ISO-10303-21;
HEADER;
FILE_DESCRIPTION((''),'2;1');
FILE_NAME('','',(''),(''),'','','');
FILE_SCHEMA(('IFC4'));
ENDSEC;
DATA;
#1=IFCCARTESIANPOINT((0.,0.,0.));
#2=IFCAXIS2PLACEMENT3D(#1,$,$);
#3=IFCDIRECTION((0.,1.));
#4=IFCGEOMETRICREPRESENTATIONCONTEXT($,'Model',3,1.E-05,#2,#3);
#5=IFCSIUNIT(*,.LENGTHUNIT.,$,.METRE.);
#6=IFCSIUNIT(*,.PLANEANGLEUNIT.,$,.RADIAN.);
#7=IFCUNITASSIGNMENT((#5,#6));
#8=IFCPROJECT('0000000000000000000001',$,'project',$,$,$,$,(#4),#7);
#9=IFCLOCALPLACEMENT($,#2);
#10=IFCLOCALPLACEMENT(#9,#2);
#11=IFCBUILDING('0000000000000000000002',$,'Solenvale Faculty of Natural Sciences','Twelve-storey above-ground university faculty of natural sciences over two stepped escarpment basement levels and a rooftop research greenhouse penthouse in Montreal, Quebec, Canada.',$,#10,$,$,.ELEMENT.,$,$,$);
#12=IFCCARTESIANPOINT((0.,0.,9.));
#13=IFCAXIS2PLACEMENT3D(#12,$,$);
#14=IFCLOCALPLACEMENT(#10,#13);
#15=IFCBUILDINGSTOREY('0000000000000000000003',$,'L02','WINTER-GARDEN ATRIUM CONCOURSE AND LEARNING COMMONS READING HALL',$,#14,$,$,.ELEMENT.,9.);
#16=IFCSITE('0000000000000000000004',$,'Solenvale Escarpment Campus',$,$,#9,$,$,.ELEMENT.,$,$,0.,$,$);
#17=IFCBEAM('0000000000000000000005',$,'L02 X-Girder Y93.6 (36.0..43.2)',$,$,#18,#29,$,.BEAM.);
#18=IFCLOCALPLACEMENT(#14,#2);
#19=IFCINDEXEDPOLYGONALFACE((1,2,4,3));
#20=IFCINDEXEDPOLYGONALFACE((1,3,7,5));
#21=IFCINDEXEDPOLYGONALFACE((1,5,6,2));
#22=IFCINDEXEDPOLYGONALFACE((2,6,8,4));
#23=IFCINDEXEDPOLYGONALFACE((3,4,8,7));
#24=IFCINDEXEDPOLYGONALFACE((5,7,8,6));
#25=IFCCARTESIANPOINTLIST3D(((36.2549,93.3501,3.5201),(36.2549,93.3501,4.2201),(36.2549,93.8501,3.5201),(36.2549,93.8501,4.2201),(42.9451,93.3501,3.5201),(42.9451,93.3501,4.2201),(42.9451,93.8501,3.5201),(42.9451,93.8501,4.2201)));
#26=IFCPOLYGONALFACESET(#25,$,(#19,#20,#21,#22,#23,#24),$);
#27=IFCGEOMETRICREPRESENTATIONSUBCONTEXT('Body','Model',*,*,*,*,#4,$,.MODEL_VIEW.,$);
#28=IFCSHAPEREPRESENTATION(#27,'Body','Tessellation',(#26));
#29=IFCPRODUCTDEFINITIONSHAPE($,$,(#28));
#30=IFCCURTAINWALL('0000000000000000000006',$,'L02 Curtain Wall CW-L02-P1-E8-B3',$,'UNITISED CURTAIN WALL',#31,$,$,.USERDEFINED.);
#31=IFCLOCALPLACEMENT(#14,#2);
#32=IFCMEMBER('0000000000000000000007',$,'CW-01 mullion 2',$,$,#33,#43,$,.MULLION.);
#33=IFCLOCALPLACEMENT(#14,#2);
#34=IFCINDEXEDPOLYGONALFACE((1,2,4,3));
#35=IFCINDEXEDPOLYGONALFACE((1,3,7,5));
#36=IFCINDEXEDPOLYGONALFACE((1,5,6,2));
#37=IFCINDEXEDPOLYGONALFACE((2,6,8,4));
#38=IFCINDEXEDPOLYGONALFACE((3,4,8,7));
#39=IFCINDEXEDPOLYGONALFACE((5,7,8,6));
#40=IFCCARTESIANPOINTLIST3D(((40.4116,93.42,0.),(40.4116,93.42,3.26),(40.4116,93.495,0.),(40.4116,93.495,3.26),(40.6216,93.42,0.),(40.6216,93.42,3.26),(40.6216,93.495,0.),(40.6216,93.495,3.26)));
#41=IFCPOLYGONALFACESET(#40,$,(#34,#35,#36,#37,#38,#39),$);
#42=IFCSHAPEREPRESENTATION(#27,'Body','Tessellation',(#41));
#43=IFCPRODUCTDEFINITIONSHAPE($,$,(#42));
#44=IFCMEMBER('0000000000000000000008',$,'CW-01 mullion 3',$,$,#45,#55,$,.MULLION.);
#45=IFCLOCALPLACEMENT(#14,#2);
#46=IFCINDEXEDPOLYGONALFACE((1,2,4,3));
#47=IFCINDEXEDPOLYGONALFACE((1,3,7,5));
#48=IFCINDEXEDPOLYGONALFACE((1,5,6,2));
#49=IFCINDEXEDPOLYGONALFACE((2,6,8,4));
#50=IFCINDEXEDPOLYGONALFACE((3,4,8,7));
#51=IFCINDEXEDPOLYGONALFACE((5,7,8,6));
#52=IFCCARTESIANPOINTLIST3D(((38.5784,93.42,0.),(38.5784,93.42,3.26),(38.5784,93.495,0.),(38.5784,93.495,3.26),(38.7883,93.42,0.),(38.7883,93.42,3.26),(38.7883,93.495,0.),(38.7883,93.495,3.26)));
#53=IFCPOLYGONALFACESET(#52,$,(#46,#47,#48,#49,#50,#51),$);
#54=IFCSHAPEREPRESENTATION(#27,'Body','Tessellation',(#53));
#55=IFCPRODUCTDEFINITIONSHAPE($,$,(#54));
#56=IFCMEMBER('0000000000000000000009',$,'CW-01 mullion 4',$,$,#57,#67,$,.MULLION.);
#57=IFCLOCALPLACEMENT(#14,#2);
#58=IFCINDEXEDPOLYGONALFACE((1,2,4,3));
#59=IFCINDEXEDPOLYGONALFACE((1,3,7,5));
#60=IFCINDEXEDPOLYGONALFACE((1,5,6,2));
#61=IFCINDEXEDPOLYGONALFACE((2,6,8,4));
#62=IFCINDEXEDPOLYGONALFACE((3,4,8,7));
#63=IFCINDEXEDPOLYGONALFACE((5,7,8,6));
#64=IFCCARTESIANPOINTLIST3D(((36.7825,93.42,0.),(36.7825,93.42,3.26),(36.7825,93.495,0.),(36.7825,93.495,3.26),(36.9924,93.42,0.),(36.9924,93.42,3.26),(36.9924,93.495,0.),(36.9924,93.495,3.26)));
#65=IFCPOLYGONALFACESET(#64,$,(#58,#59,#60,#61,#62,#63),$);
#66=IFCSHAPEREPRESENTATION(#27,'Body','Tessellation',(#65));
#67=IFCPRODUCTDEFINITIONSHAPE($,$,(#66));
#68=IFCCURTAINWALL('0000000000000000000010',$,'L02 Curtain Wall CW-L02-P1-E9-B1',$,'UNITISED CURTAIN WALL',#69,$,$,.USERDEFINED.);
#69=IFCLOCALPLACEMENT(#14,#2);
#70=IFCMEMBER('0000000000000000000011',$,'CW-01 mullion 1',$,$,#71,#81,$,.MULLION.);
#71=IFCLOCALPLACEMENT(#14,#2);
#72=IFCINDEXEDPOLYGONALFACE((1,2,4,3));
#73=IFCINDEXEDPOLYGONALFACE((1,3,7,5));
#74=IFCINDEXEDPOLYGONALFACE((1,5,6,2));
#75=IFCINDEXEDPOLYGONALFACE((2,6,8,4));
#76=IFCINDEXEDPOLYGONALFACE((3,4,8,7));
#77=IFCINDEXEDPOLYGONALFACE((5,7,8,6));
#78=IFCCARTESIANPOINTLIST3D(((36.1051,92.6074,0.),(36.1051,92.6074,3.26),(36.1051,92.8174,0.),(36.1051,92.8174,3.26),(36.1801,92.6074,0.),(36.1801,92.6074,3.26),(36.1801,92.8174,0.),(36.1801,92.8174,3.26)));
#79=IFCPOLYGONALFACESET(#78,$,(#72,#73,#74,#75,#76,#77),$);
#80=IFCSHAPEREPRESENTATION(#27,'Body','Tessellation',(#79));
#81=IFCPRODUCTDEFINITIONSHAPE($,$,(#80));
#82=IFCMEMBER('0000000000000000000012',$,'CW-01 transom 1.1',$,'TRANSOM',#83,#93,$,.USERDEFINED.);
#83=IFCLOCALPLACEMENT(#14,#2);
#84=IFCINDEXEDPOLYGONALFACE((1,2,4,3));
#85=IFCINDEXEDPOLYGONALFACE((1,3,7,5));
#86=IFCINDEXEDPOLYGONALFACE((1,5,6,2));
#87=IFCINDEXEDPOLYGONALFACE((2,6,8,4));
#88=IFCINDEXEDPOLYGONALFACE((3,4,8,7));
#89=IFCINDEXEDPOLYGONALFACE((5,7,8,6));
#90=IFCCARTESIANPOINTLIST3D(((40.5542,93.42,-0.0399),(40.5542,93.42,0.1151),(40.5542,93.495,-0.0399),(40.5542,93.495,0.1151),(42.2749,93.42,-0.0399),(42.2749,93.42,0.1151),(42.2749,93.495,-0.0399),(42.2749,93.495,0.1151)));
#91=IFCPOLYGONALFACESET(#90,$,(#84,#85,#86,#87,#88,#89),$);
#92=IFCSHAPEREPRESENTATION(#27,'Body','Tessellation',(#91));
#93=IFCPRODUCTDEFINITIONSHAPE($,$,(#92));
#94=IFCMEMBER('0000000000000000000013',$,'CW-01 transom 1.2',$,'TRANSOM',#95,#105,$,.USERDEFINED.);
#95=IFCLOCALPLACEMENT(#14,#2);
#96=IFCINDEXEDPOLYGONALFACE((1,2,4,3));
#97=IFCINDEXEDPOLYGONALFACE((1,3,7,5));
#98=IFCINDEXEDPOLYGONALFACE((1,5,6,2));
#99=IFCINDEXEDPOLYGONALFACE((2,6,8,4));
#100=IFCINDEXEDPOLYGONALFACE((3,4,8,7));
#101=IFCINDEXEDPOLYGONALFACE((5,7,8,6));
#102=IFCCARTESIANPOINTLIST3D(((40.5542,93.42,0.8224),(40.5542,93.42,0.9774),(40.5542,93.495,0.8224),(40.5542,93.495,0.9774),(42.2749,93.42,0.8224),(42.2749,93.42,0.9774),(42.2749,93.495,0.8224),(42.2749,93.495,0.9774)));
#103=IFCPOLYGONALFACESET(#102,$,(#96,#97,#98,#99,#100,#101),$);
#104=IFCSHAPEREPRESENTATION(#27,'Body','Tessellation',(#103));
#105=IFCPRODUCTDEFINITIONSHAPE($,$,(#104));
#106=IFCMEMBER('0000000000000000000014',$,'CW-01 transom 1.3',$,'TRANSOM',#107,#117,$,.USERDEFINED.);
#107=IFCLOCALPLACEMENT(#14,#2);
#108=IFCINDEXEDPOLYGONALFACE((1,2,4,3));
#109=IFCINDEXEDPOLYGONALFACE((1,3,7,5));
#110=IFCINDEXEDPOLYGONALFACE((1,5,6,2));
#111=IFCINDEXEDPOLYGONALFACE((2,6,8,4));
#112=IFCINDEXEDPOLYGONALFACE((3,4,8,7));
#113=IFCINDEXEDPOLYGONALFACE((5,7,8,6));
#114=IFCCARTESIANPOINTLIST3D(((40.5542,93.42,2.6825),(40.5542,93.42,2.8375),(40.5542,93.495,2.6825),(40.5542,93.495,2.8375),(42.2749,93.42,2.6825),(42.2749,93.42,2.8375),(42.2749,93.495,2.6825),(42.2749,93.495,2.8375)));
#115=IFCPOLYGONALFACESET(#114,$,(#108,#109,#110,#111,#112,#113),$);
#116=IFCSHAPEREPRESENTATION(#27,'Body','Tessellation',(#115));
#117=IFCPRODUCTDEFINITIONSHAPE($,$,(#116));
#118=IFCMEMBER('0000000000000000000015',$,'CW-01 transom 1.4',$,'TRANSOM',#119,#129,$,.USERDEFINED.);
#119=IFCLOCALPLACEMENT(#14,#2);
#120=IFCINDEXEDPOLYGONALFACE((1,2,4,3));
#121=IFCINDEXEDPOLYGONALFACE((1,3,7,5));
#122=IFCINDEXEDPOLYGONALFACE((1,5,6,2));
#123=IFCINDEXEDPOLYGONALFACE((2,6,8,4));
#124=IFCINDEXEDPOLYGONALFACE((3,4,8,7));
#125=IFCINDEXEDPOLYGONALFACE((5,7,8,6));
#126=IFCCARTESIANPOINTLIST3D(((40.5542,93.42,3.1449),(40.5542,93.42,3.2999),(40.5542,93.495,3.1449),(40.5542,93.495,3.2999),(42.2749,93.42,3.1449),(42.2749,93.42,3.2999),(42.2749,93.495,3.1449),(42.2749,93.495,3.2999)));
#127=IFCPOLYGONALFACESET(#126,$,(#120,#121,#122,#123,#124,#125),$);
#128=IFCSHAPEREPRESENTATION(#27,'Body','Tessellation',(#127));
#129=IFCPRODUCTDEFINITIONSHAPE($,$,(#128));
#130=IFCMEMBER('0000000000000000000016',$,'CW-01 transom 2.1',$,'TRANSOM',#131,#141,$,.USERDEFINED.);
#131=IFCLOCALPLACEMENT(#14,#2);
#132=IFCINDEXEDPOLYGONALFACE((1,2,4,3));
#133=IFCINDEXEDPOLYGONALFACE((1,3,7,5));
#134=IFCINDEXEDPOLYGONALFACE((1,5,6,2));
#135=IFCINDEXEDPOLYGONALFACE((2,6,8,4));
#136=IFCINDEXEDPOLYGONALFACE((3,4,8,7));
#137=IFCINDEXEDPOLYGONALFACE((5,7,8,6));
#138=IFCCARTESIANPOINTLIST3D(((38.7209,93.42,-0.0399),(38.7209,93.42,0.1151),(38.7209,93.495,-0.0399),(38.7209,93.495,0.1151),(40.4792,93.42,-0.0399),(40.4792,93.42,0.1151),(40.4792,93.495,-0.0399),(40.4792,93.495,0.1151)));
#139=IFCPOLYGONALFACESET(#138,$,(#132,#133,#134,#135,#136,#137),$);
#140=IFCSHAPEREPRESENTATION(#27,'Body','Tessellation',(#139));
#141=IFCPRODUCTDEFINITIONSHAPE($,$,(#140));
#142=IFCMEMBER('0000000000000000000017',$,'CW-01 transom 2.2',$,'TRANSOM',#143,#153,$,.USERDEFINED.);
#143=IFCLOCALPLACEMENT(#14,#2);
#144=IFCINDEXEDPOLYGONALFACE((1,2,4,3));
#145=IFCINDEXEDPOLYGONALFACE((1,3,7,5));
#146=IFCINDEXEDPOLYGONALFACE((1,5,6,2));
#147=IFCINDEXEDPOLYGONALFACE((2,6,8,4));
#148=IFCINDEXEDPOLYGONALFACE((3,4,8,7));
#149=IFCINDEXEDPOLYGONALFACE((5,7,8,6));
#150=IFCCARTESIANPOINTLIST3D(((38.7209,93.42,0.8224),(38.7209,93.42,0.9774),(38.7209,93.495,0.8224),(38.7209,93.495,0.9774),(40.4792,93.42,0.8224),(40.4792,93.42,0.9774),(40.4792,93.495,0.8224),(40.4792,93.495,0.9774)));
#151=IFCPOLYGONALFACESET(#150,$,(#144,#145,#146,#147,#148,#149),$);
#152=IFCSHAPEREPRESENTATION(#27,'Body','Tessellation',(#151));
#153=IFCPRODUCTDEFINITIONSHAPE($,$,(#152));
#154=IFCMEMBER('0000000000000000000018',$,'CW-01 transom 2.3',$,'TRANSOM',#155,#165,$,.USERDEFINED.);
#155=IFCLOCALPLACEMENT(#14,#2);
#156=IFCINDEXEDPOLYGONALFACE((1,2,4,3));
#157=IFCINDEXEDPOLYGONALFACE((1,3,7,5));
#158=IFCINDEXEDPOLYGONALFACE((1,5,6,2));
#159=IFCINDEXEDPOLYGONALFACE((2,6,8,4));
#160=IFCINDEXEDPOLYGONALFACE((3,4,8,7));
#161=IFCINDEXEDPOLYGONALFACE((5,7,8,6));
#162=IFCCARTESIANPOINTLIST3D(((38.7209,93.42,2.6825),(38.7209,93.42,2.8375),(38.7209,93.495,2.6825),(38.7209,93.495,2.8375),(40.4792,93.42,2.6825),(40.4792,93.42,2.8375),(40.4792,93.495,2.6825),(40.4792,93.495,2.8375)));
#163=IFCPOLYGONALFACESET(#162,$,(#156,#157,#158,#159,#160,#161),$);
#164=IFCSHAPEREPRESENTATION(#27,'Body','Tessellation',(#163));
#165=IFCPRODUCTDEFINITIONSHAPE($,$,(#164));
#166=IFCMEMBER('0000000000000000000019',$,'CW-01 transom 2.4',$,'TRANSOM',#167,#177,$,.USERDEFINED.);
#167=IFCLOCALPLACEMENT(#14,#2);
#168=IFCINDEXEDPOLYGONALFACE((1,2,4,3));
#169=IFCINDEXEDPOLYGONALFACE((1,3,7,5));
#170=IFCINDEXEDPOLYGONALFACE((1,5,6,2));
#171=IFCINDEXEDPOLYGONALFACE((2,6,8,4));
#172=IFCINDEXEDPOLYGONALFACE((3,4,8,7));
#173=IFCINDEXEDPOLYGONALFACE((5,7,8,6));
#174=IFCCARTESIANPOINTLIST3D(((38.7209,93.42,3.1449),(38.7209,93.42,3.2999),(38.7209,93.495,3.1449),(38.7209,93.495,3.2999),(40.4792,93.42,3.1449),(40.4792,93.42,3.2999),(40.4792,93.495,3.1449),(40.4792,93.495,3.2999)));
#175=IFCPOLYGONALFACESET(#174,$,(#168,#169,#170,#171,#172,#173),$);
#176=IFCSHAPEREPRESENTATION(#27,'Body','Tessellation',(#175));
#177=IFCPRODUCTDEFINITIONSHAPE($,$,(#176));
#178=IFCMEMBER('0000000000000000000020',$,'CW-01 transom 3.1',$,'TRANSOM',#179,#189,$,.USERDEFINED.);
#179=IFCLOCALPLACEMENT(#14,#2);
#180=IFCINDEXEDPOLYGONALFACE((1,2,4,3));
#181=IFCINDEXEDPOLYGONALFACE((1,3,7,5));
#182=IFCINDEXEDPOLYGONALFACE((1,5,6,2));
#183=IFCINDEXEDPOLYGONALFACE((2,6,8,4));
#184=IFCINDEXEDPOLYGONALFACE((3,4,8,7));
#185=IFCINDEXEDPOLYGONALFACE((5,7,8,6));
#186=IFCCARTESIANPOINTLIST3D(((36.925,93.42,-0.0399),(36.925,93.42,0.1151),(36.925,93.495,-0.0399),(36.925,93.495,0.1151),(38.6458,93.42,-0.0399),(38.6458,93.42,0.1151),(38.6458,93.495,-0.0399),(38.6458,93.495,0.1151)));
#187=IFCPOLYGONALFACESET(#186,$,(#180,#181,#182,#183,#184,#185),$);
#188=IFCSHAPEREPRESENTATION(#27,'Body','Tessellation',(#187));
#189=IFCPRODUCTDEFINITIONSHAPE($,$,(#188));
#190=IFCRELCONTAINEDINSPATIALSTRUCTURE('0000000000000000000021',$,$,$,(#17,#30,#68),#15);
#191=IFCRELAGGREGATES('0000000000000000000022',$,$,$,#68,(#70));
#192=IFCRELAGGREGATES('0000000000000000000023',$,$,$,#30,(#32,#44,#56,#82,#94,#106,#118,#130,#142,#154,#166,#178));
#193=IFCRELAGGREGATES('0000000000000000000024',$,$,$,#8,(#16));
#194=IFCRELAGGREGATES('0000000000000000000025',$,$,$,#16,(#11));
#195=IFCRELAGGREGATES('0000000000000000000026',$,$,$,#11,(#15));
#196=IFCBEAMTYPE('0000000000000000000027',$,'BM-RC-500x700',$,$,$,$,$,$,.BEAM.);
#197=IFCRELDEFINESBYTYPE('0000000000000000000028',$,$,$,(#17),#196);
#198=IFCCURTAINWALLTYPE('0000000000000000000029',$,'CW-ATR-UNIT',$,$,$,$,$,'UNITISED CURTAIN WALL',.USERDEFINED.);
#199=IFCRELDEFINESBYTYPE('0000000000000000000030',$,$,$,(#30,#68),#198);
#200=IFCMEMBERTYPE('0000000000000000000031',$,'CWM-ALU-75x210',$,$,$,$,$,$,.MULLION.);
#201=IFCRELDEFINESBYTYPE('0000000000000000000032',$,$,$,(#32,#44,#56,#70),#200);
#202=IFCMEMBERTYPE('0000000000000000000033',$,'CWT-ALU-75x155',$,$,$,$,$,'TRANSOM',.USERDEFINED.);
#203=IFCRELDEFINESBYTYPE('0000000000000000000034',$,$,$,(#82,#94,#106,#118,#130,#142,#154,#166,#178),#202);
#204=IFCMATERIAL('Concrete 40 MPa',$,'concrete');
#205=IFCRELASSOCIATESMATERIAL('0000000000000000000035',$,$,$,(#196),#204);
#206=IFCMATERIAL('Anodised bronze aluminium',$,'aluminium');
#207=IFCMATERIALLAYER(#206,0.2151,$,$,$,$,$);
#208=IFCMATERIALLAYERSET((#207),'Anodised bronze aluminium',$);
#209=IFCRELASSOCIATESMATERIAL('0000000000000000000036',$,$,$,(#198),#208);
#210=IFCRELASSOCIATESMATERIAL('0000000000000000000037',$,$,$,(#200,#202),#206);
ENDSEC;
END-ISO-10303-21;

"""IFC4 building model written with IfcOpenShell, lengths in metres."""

from ifc_helpers import new_model, si_unit, direction, frame, origin, origin_2d, place, context, subcontext, project, spatial, rectangle, extrude, material, layer, layer_set, material_profile, profile_set, type_object, element, aggregate, save


model = new_model("IFC4")

# Units and contexts
model_context = context("Model", 3, precision=1e-05, world=origin(), true_north=direction((0.0, 1.0)))
body_context = subcontext(model_context, "Body", "Model", "MODEL_VIEW")
ifc_project = project(units=[si_unit("LENGTHUNIT", "METRE"), si_unit("PLANEANGLEUNIT", "RADIAN")], contexts=[model_context])

# Site, building, storey
site_placement = place(None, origin())
site = spatial("IfcSite", under=ifc_project, at=site_placement, Name="Solenvale Escarpment Campus", CompositionType="ELEMENT", RefElevation=0.0)
building_placement = place(site_placement, origin())
building = spatial("IfcBuilding", under=site, at=building_placement, Name="Solenvale Faculty of Natural Sciences", Description="Twelve-storey above-ground university faculty of natural sciences over two stepped escarpment basement levels and a rooftop research greenhouse penthouse in Montreal, Quebec, Canada.", CompositionType="ELEMENT")
storey_placement = place(building_placement, frame((0.0, 0.0, 9.0)))
storey = spatial("IfcBuildingStorey", under=building, at=storey_placement, Name="L02", Description="WINTER-GARDEN ATRIUM CONCOURSE AND LEARNING COMMONS READING HALL", CompositionType="ELEMENT", Elevation=9.0)

# Beam
ifc_material_1 = material(Name="Concrete 40 MPa", Category="concrete")
ifc_material_profile_1 = material_profile(ifc_material_1, rectangle(XDim=0.5, YDim=0.7, at=origin_2d()), Name="RC-BM-500x700")
ifc_profile_set_1 = profile_set([ifc_material_profile_1], Name="Concrete 40 MPa")
beam_type = type_object("IfcBeamType", Name="BM-RC-500x700", PredefinedType="BEAM", material=ifc_profile_set_1)
beam_placement = place(storey_placement, frame((36.2549, 93.6001, 3.8701), z_axis=(1.0, 0.0, 0.0), x_axis=(0.0, 1.0, 0.0)))
element("IfcBeam", 1, at=beam_placement, inside=storey, type_object=beam_type, Name="L02 X-Girder Y93.6 (36.0..43.2)", PredefinedType="BEAM", context=body_context, shape_type="SweptSolid", body=[
    extrude(rectangle(XDim=0.5, YDim=0.7, at=origin_2d()), origin(), (0.0, 0.0, 1.0), 6.6902),
])

# Curtain wall, members
ifc_material_2 = material(Name="Anodised bronze aluminium", Category="aluminium")
ifc_layer_1 = layer(ifc_material_2, 0.2151)
ifc_layer_set_1 = layer_set([ifc_layer_1], Name="Anodised bronze aluminium")
curtain_wall_type = type_object("IfcCurtainWallType", Name="CW-ATR-UNIT", ElementType="UNITISED CURTAIN WALL", PredefinedType="USERDEFINED", material=ifc_layer_set_1)
curtain_wall_1_placement = place(storey_placement, origin())
curtain_wall_1 = element("IfcCurtainWall", 2, at=curtain_wall_1_placement, inside=storey, type_object=curtain_wall_type, Name="L02 Curtain Wall CW-L02-P1-E8-B3", ObjectType="UNITISED CURTAIN WALL", PredefinedType="USERDEFINED")
ifc_material_profile_2 = material_profile(ifc_material_2, rectangle(XDim=0.075, YDim=0.21, at=origin_2d()), Name="ALU-MUL-75x210")
ifc_profile_set_2 = profile_set([ifc_material_profile_2], Name="Anodised bronze aluminium")
member_type_1 = type_object("IfcMemberType", Name="CWM-ALU-75x210", PredefinedType="MULLION", material=ifc_profile_set_2)
member_1_placement = place(storey_placement, frame((40.5166, 93.4575, 0.0), z_axis=(0.0, 0.0, 1.0), x_axis=(0.0, -1.0, 0.0)))
member_1 = element("IfcMember", 3, at=member_1_placement, type_object=member_type_1, Name="CW-01 mullion 2", PredefinedType="MULLION", context=body_context, shape_type="SweptSolid", body=[
    extrude(rectangle(XDim=0.075, YDim=0.21, at=origin_2d()), origin(), (0.0, 0.0, 1.0), 3.26),
])
member_2_placement = place(storey_placement, frame((38.6833, 93.4575, 0.0), z_axis=(0.0, 0.0, 1.0), x_axis=(0.0, -1.0, 0.0)))
member_2 = element("IfcMember", 4, at=member_2_placement, type_object=member_type_1, Name="CW-01 mullion 3", PredefinedType="MULLION", context=body_context, shape_type="SweptSolid", body=[
    extrude(rectangle(XDim=0.075, YDim=0.21, at=origin_2d()), origin(), (0.0, 0.0, 1.0), 3.26),
])
member_3_placement = place(storey_placement, frame((36.8875, 93.4575, 0.0), z_axis=(0.0, 0.0, 1.0), x_axis=(0.0, -1.0, 0.0)))
member_3 = element("IfcMember", 5, at=member_3_placement, type_object=member_type_1, Name="CW-01 mullion 4", PredefinedType="MULLION", context=body_context, shape_type="SweptSolid", body=[
    extrude(rectangle(XDim=0.075, YDim=0.21, at=origin_2d()), origin(), (0.0, 0.0, 1.0), 3.26),
])

# Curtain wall, member
curtain_wall_2_placement = place(storey_placement, origin())
curtain_wall_2 = element("IfcCurtainWall", 6, at=curtain_wall_2_placement, inside=storey, type_object=curtain_wall_type, Name="L02 Curtain Wall CW-L02-P1-E9-B1", ObjectType="UNITISED CURTAIN WALL", PredefinedType="USERDEFINED")
member_4_placement = place(storey_placement, frame((36.1426, 92.7124, 0.0), z_axis=(0.0, 0.0, 1.0), x_axis=(1.0, 0.0, 0.0)))
member_4 = element("IfcMember", 7, at=member_4_placement, type_object=member_type_1, Name="CW-01 mullion 1", PredefinedType="MULLION", context=body_context, shape_type="SweptSolid", body=[
    extrude(rectangle(XDim=0.075, YDim=0.21, at=origin_2d()), origin(), (0.0, 0.0, 1.0), 3.26),
])

# Members
ifc_material_profile_3 = material_profile(ifc_material_2, rectangle(XDim=0.075, YDim=0.155, at=origin_2d()), Name="ALU-TRN-75x155")
ifc_profile_set_3 = profile_set([ifc_material_profile_3], Name="Anodised bronze aluminium")
member_type_2 = type_object("IfcMemberType", Name="CWT-ALU-75x155", ElementType="TRANSOM", PredefinedType="USERDEFINED", material=ifc_profile_set_3)
member_5_placement = place(storey_placement, frame((42.2749, 93.4575, 0.0376), z_axis=(-1.0, 0.0, 0.0), x_axis=(0.0, -1.0, 0.0)))
member_5 = element("IfcMember", 8, at=member_5_placement, type_object=member_type_2, Name="CW-01 transom 1.1", ObjectType="TRANSOM", PredefinedType="USERDEFINED", context=body_context, shape_type="SweptSolid", body=[
    extrude(rectangle(XDim=0.075, YDim=0.155, at=origin_2d()), origin(), (0.0, 0.0, 1.0), 1.7207),
])
member_6_placement = place(storey_placement, frame((42.2749, 93.4575, 0.8999), z_axis=(-1.0, 0.0, 0.0), x_axis=(0.0, -1.0, 0.0)))
member_6 = element("IfcMember", 9, at=member_6_placement, type_object=member_type_2, Name="CW-01 transom 1.2", ObjectType="TRANSOM", PredefinedType="USERDEFINED", context=body_context, shape_type="SweptSolid", body=[
    extrude(rectangle(XDim=0.075, YDim=0.155, at=origin_2d()), origin(), (0.0, 0.0, 1.0), 1.7207),
])
member_7_placement = place(storey_placement, frame((42.2749, 93.4575, 2.76), z_axis=(-1.0, 0.0, 0.0), x_axis=(0.0, -1.0, 0.0)))
member_7 = element("IfcMember", 10, at=member_7_placement, type_object=member_type_2, Name="CW-01 transom 1.3", ObjectType="TRANSOM", PredefinedType="USERDEFINED", context=body_context, shape_type="SweptSolid", body=[
    extrude(rectangle(XDim=0.075, YDim=0.155, at=origin_2d()), origin(), (0.0, 0.0, 1.0), 1.7207),
])
member_8_placement = place(storey_placement, frame((42.2749, 93.4575, 3.2224), z_axis=(-1.0, 0.0, 0.0), x_axis=(0.0, -1.0, 0.0)))
member_8 = element("IfcMember", 11, at=member_8_placement, type_object=member_type_2, Name="CW-01 transom 1.4", ObjectType="TRANSOM", PredefinedType="USERDEFINED", context=body_context, shape_type="SweptSolid", body=[
    extrude(rectangle(XDim=0.075, YDim=0.155, at=origin_2d()), origin(), (0.0, 0.0, 1.0), 1.7207),
])
member_9_placement = place(storey_placement, frame((40.4792, 93.4575, 0.0376), z_axis=(-1.0, 0.0, 0.0), x_axis=(0.0, -1.0, 0.0)))
member_9 = element("IfcMember", 12, at=member_9_placement, type_object=member_type_2, Name="CW-01 transom 2.1", ObjectType="TRANSOM", PredefinedType="USERDEFINED", context=body_context, shape_type="SweptSolid", body=[
    extrude(rectangle(XDim=0.075, YDim=0.155, at=origin_2d()), origin(), (0.0, 0.0, 1.0), 1.7583),
])
member_10_placement = place(storey_placement, frame((40.4792, 93.4575, 0.8999), z_axis=(-1.0, 0.0, 0.0), x_axis=(0.0, -1.0, 0.0)))
member_10 = element("IfcMember", 13, at=member_10_placement, type_object=member_type_2, Name="CW-01 transom 2.2", ObjectType="TRANSOM", PredefinedType="USERDEFINED", context=body_context, shape_type="SweptSolid", body=[
    extrude(rectangle(XDim=0.075, YDim=0.155, at=origin_2d()), origin(), (0.0, 0.0, 1.0), 1.7583),
])
member_11_placement = place(storey_placement, frame((40.4792, 93.4575, 2.76), z_axis=(-1.0, 0.0, 0.0), x_axis=(0.0, -1.0, 0.0)))
member_11 = element("IfcMember", 14, at=member_11_placement, type_object=member_type_2, Name="CW-01 transom 2.3", ObjectType="TRANSOM", PredefinedType="USERDEFINED", context=body_context, shape_type="SweptSolid", body=[
    extrude(rectangle(XDim=0.075, YDim=0.155, at=origin_2d()), origin(), (0.0, 0.0, 1.0), 1.7583),
])
member_12_placement = place(storey_placement, frame((40.4792, 93.4575, 3.2224), z_axis=(-1.0, 0.0, 0.0), x_axis=(0.0, -1.0, 0.0)))
member_12 = element("IfcMember", 15, at=member_12_placement, type_object=member_type_2, Name="CW-01 transom 2.4", ObjectType="TRANSOM", PredefinedType="USERDEFINED", context=body_context, shape_type="SweptSolid", body=[
    extrude(rectangle(XDim=0.075, YDim=0.155, at=origin_2d()), origin(), (0.0, 0.0, 1.0), 1.7583),
])
member_13_placement = place(storey_placement, frame((38.6458, 93.4575, 0.0376), z_axis=(-1.0, 0.0, 0.0), x_axis=(0.0, -1.0, 0.0)))
member_13 = element("IfcMember", 16, at=member_13_placement, type_object=member_type_2, Name="CW-01 transom 3.1", ObjectType="TRANSOM", PredefinedType="USERDEFINED", context=body_context, shape_type="SweptSolid", body=[
    extrude(rectangle(XDim=0.075, YDim=0.155, at=origin_2d()), origin(), (0.0, 0.0, 1.0), 1.7207),
])
aggregate(curtain_wall_2, [member_4])

aggregate(curtain_wall_1, [member_1, member_2, member_3, member_5, member_6, member_7, member_8, member_9, member_10, member_11, member_12, member_13])

save(model, "model.ifc")
